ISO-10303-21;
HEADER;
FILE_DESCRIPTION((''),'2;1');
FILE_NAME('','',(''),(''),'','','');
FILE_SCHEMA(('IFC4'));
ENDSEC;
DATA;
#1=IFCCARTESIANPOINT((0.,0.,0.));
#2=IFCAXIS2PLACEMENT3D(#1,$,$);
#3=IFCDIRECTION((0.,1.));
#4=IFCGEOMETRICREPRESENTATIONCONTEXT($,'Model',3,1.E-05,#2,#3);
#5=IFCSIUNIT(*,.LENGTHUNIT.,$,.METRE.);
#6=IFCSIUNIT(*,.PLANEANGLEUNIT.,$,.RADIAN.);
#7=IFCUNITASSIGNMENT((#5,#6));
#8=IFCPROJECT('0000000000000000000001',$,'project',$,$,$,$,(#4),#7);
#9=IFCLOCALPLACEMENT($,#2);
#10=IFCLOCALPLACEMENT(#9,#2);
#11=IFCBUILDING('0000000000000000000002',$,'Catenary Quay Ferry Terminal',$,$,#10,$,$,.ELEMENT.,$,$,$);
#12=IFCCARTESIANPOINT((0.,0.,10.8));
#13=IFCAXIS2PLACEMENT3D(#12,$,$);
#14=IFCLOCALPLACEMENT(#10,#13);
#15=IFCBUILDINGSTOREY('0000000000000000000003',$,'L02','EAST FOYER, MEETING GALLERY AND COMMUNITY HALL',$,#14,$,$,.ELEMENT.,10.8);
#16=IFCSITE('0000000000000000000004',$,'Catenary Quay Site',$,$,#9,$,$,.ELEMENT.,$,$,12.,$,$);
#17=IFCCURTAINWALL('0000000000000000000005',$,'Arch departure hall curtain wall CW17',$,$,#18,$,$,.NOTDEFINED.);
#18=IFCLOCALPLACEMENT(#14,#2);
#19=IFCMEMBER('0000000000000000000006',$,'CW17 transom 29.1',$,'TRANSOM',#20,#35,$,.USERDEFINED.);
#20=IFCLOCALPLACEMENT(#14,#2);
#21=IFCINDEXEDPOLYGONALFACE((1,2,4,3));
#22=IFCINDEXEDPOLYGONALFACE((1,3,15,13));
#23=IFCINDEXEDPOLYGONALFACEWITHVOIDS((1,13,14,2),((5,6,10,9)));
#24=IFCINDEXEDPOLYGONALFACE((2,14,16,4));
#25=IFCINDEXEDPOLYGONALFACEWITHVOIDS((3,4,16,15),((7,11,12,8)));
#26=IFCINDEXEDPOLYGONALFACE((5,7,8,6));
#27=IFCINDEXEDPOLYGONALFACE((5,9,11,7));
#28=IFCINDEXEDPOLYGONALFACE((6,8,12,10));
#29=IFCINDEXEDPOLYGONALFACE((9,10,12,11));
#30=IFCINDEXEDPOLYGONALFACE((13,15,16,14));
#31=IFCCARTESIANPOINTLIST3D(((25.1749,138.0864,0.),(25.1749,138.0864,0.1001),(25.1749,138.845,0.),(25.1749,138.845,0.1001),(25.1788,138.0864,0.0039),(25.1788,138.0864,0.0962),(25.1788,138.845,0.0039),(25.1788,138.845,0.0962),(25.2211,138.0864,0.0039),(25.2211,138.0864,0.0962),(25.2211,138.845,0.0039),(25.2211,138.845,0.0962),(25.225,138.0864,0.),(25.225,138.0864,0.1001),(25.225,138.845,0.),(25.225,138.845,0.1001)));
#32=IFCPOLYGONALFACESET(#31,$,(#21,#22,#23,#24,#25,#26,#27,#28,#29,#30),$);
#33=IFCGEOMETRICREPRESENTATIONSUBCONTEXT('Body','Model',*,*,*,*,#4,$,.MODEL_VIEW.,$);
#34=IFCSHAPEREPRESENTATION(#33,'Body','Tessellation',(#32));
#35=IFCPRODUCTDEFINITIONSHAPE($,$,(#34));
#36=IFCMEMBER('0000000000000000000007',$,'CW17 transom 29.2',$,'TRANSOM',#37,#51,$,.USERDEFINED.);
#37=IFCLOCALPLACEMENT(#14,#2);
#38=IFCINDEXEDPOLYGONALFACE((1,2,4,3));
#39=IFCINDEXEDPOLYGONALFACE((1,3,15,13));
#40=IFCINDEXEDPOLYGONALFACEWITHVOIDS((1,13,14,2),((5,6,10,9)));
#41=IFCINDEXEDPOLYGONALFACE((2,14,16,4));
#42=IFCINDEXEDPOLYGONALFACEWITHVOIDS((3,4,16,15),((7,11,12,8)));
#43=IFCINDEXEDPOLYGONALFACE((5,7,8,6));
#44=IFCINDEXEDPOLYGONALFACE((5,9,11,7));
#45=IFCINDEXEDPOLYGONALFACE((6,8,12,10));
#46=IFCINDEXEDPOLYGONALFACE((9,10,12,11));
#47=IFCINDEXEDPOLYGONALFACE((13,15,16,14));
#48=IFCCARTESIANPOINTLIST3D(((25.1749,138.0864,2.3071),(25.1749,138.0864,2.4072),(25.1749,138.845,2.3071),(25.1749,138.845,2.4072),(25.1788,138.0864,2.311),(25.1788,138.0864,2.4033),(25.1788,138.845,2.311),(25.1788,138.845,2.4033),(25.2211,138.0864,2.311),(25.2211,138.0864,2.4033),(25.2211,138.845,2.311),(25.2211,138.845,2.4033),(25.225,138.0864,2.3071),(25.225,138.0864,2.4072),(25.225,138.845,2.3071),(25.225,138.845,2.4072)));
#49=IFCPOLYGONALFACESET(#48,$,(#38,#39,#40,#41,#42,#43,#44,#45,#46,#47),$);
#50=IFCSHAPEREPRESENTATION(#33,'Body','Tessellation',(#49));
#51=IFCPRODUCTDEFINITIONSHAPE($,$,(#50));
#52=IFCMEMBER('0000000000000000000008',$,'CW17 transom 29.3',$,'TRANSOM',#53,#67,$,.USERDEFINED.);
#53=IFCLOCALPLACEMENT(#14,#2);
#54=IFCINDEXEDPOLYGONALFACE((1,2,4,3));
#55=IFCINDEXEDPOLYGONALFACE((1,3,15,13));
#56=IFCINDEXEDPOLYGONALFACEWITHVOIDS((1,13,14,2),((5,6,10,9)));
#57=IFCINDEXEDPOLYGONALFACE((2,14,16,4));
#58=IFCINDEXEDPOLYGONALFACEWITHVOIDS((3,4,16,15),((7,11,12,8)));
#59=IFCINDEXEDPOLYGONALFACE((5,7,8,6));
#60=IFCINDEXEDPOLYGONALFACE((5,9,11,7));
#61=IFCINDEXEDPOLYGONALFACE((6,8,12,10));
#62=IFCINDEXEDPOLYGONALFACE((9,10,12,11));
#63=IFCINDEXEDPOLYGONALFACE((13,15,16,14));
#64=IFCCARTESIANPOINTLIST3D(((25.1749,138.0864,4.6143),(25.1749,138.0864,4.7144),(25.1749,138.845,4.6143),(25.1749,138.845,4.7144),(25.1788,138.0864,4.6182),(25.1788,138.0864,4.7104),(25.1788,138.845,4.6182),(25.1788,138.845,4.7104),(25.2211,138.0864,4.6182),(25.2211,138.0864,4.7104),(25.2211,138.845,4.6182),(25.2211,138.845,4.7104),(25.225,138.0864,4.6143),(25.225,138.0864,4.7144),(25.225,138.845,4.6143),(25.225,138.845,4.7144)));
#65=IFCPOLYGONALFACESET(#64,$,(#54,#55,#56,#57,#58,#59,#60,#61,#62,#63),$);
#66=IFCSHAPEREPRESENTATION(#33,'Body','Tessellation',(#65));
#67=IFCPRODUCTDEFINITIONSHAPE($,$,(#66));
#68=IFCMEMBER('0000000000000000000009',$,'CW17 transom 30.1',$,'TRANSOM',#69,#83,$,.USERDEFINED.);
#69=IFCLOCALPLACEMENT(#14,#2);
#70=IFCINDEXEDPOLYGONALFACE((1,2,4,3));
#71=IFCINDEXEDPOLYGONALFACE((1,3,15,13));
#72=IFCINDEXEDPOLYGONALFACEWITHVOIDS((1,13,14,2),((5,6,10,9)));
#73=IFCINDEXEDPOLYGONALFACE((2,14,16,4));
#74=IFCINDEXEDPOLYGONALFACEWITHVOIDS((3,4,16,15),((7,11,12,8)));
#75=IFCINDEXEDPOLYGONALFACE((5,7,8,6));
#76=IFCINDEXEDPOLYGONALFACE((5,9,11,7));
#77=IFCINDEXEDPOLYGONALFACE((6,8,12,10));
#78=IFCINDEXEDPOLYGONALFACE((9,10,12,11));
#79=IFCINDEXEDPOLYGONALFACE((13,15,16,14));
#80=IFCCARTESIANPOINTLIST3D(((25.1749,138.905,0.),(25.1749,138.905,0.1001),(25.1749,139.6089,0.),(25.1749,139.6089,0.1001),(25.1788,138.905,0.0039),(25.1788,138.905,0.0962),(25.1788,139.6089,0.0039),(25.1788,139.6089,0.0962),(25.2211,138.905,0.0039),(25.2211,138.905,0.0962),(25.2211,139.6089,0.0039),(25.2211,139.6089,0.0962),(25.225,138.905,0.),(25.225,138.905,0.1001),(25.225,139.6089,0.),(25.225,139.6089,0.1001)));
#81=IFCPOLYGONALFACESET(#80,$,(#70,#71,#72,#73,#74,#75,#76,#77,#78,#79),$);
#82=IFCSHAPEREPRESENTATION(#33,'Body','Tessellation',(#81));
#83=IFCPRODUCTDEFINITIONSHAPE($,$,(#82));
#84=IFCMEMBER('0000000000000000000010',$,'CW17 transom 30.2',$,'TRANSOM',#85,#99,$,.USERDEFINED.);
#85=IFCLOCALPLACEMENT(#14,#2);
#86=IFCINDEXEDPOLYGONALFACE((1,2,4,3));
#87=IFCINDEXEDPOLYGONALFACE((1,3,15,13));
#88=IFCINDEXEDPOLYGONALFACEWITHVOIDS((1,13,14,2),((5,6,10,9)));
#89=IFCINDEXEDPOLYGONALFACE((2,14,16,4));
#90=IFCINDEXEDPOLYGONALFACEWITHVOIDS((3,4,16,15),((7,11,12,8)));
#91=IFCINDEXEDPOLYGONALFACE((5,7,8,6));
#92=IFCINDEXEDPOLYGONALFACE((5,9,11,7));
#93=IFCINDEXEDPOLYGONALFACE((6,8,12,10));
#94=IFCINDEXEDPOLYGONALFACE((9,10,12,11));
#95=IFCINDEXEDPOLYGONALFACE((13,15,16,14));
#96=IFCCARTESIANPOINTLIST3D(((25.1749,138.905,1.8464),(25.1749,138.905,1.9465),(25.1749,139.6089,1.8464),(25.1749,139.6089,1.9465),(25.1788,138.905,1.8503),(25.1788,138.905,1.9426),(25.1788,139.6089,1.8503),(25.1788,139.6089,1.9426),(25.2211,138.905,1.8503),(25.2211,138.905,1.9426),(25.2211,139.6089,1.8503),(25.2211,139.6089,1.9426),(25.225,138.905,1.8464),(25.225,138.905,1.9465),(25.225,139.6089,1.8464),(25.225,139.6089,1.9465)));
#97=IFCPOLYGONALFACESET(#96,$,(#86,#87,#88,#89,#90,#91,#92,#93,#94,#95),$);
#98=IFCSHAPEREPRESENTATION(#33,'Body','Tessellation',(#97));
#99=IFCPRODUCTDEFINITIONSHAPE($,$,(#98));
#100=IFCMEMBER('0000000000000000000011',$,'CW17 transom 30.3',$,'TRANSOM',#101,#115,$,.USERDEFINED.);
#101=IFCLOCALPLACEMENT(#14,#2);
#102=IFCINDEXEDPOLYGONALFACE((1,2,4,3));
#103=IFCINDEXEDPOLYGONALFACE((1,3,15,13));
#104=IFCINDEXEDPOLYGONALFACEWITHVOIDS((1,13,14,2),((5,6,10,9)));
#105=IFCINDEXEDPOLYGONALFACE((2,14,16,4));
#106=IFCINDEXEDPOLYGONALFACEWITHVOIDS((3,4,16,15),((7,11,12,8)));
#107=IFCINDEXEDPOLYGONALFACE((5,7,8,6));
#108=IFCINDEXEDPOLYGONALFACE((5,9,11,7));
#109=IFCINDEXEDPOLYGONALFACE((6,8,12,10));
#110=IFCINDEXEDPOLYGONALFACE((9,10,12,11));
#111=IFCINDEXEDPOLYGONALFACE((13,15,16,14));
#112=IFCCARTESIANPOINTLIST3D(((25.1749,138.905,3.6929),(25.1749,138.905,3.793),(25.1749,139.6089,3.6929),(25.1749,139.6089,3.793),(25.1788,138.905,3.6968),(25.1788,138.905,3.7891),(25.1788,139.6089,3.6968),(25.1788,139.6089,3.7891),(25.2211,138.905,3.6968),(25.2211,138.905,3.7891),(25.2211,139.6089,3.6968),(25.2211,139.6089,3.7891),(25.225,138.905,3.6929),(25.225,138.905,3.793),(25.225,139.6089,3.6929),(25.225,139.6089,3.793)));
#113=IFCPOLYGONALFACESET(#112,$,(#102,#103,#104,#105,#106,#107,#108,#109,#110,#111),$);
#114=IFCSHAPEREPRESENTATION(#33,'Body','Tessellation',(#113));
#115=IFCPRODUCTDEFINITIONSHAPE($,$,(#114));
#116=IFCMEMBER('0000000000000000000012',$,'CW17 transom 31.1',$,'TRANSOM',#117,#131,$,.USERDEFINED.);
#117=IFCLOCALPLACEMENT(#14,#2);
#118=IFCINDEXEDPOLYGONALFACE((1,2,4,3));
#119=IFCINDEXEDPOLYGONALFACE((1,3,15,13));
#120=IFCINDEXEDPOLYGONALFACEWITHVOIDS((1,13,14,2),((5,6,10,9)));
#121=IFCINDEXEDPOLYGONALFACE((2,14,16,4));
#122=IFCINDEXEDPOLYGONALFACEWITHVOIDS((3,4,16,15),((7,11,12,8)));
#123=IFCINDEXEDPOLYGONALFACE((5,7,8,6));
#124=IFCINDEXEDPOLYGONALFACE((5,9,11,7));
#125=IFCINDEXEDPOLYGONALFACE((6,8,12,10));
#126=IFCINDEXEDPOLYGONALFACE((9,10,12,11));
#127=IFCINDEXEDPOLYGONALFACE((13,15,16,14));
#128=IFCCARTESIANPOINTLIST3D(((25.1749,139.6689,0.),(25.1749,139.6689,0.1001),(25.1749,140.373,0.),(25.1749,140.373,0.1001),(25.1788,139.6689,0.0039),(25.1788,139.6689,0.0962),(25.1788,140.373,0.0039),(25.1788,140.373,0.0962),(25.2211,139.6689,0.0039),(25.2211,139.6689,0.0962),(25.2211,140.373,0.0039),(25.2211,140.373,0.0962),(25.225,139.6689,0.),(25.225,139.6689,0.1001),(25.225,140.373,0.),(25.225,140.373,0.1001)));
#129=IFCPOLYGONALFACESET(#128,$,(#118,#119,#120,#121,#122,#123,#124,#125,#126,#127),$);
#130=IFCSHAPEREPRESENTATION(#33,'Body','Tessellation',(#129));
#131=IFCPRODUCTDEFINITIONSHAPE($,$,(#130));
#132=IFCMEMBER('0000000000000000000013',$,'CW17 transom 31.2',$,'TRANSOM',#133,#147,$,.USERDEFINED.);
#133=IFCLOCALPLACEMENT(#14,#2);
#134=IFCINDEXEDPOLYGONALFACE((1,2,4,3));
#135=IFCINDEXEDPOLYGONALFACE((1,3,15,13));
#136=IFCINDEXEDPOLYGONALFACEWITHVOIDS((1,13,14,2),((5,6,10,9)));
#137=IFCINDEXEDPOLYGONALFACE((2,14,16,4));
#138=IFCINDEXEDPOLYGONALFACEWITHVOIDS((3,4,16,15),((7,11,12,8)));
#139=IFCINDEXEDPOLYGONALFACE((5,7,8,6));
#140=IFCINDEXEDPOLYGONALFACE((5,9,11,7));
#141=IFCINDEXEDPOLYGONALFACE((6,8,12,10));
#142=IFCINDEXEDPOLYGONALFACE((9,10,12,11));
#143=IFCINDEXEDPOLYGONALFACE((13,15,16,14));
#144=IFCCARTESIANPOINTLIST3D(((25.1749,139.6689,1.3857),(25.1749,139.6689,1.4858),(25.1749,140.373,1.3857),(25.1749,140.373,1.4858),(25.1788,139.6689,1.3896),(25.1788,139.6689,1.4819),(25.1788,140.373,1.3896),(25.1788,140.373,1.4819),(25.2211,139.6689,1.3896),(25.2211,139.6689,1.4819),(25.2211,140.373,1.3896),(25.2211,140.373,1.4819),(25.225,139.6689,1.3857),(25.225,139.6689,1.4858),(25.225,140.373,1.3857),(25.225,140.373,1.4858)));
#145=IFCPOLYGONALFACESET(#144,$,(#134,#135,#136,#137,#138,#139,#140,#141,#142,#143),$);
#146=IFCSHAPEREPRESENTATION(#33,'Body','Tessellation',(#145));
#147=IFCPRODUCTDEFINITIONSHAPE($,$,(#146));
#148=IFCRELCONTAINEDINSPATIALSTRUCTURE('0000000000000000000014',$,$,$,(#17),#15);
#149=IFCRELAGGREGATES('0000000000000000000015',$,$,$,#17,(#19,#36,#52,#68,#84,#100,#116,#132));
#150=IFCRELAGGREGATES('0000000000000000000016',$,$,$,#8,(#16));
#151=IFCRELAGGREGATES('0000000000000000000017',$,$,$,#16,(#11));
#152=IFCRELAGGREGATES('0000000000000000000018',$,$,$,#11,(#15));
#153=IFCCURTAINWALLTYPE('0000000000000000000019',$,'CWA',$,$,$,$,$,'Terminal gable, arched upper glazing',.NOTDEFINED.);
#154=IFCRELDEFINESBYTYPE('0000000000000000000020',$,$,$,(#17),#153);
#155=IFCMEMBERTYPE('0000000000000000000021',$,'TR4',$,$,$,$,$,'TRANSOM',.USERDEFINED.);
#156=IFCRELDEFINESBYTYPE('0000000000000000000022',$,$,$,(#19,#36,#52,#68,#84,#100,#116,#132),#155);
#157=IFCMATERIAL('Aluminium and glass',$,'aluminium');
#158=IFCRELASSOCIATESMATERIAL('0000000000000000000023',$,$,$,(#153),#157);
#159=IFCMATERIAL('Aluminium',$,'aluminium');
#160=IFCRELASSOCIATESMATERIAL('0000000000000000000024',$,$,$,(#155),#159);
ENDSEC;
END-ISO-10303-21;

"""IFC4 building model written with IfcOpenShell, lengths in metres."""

from ifc_helpers import new_model, si_unit, direction, frame, origin, origin_2d, place, context, subcontext, project, spatial, hollow_rectangle, extrude, material, material_profile, profile_set, type_object, element, aggregate, save


model = new_model("IFC4")

# Units and contexts
model_context = context("Model", 3, precision=1e-05, world=origin(), true_north=direction((0.0, 1.0)))
body_context = subcontext(model_context, "Body", "Model", "MODEL_VIEW")
ifc_project = project(units=[si_unit("LENGTHUNIT", "METRE"), si_unit("PLANEANGLEUNIT", "RADIAN")], contexts=[model_context])

# Site, building, storey
site_placement = place(None, origin())
site = spatial("IfcSite", under=ifc_project, at=site_placement, Name="Catenary Quay Site", CompositionType="ELEMENT", RefElevation=12.0)
building_placement = place(site_placement, origin())
building = spatial("IfcBuilding", under=site, at=building_placement, Name="Catenary Quay Ferry Terminal", CompositionType="ELEMENT")
storey_placement = place(building_placement, frame((0.0, 0.0, 10.8)))
storey = spatial("IfcBuildingStorey", under=building, at=storey_placement, Name="L02", Description="EAST FOYER, MEETING GALLERY AND COMMUNITY HALL", CompositionType="ELEMENT", Elevation=10.8)

# Curtain wall, members
ifc_material_1 = material(Name="Aluminium and glass", Category="aluminium")
curtain_wall_type = type_object("IfcCurtainWallType", Name="CWA", ElementType="Terminal gable, arched upper glazing", PredefinedType="NOTDEFINED", material=ifc_material_1)
curtain_wall_placement = place(storey_placement, origin())
curtain_wall = element("IfcCurtainWall", 1, at=curtain_wall_placement, inside=storey, type_object=curtain_wall_type, Name="Arch departure hall curtain wall CW17", PredefinedType="NOTDEFINED")
ifc_material_2 = material(Name="Aluminium", Category="aluminium")
ifc_material_profile_1 = material_profile(ifc_material_2, hollow_rectangle(XDim=0.05, YDim=0.1001, WallThickness=0.0039, at=origin_2d()), Name="TR4")
ifc_profile_set_1 = profile_set([ifc_material_profile_1], Name="Aluminium")
member_type_1 = type_object("IfcMemberType", Name="TR4", ElementType="TRANSOM", PredefinedType="USERDEFINED", material=ifc_profile_set_1)
member_1_placement = place(storey_placement, frame((25.2, 138.0864, 0.05), z_axis=(0.0, 1.0, 0.0), x_axis=(-1.0, 0.0, 0.0)))
member_1 = element("IfcMember", 2, at=member_1_placement, type_object=member_type_1, Name="CW17 transom 29.1", ObjectType="TRANSOM", PredefinedType="USERDEFINED", context=body_context, shape_type="SweptSolid", body=[
    extrude(hollow_rectangle(XDim=0.05, YDim=0.1001, WallThickness=0.0039, at=origin_2d()), origin(), (0.0, 0.0, 1.0), 0.7585),
])
member_2_placement = place(storey_placement, frame((25.2, 138.0864, 2.3572), z_axis=(0.0, 1.0, 0.0), x_axis=(-1.0, 0.0, 0.0)))
member_2 = element("IfcMember", 3, at=member_2_placement, type_object=member_type_1, Name="CW17 transom 29.2", ObjectType="TRANSOM", PredefinedType="USERDEFINED", context=body_context, shape_type="SweptSolid", body=[
    extrude(hollow_rectangle(XDim=0.05, YDim=0.1001, WallThickness=0.0039, at=origin_2d()), origin(), (0.0, 0.0, 1.0), 0.7585),
])
member_3_placement = place(storey_placement, frame((25.2, 138.0864, 4.6643), z_axis=(0.0, 1.0, 0.0), x_axis=(-1.0, 0.0, 0.0)))
member_3 = element("IfcMember", 4, at=member_3_placement, type_object=member_type_1, Name="CW17 transom 29.3", ObjectType="TRANSOM", PredefinedType="USERDEFINED", context=body_context, shape_type="SweptSolid", body=[
    extrude(hollow_rectangle(XDim=0.05, YDim=0.1001, WallThickness=0.0039, at=origin_2d()), origin(), (0.0, 0.0, 1.0), 0.7585),
])
member_4_placement = place(storey_placement, frame((25.2, 138.905, 0.05), z_axis=(0.0, 1.0, 0.0), x_axis=(-1.0, 0.0, 0.0)))
member_4 = element("IfcMember", 5, at=member_4_placement, type_object=member_type_1, Name="CW17 transom 30.1", ObjectType="TRANSOM", PredefinedType="USERDEFINED", context=body_context, shape_type="SweptSolid", body=[
    extrude(hollow_rectangle(XDim=0.05, YDim=0.1001, WallThickness=0.0039, at=origin_2d()), origin(), (0.0, 0.0, 1.0), 0.7039),
])
member_5_placement = place(storey_placement, frame((25.2, 138.905, 1.8965), z_axis=(0.0, 1.0, 0.0), x_axis=(-1.0, 0.0, 0.0)))
member_5 = element("IfcMember", 6, at=member_5_placement, type_object=member_type_1, Name="CW17 transom 30.2", ObjectType="TRANSOM", PredefinedType="USERDEFINED", context=body_context, shape_type="SweptSolid", body=[
    extrude(hollow_rectangle(XDim=0.05, YDim=0.1001, WallThickness=0.0039, at=origin_2d()), origin(), (0.0, 0.0, 1.0), 0.7039),
])
member_6_placement = place(storey_placement, frame((25.2, 138.905, 3.7429), z_axis=(0.0, 1.0, 0.0), x_axis=(-1.0, 0.0, 0.0)))
member_6 = element("IfcMember", 7, at=member_6_placement, type_object=member_type_1, Name="CW17 transom 30.3", ObjectType="TRANSOM", PredefinedType="USERDEFINED", context=body_context, shape_type="SweptSolid", body=[
    extrude(hollow_rectangle(XDim=0.05, YDim=0.1001, WallThickness=0.0039, at=origin_2d()), origin(), (0.0, 0.0, 1.0), 0.7039),
])
member_7_placement = place(storey_placement, frame((25.2, 139.6689, 0.05), z_axis=(0.0, 1.0, 0.0), x_axis=(-1.0, 0.0, 0.0)))
member_7 = element("IfcMember", 8, at=member_7_placement, type_object=member_type_1, Name="CW17 transom 31.1", ObjectType="TRANSOM", PredefinedType="USERDEFINED", context=body_context, shape_type="SweptSolid", body=[
    extrude(hollow_rectangle(XDim=0.05, YDim=0.1001, WallThickness=0.0039, at=origin_2d()), origin(), (0.0, 0.0, 1.0), 0.7041),
])
member_8_placement = place(storey_placement, frame((25.2, 139.6689, 1.4358), z_axis=(0.0, 1.0, 0.0), x_axis=(-1.0, 0.0, 0.0)))
member_8 = element("IfcMember", 9, at=member_8_placement, type_object=member_type_1, Name="CW17 transom 31.2", ObjectType="TRANSOM", PredefinedType="USERDEFINED", context=body_context, shape_type="SweptSolid", body=[
    extrude(hollow_rectangle(XDim=0.05, YDim=0.1001, WallThickness=0.0039, at=origin_2d()), origin(), (0.0, 0.0, 1.0), 0.7041),
])

aggregate(curtain_wall, [member_1, member_2, member_3, member_4, member_5, member_6, member_7, member_8])

save(model, "model.ifc")
